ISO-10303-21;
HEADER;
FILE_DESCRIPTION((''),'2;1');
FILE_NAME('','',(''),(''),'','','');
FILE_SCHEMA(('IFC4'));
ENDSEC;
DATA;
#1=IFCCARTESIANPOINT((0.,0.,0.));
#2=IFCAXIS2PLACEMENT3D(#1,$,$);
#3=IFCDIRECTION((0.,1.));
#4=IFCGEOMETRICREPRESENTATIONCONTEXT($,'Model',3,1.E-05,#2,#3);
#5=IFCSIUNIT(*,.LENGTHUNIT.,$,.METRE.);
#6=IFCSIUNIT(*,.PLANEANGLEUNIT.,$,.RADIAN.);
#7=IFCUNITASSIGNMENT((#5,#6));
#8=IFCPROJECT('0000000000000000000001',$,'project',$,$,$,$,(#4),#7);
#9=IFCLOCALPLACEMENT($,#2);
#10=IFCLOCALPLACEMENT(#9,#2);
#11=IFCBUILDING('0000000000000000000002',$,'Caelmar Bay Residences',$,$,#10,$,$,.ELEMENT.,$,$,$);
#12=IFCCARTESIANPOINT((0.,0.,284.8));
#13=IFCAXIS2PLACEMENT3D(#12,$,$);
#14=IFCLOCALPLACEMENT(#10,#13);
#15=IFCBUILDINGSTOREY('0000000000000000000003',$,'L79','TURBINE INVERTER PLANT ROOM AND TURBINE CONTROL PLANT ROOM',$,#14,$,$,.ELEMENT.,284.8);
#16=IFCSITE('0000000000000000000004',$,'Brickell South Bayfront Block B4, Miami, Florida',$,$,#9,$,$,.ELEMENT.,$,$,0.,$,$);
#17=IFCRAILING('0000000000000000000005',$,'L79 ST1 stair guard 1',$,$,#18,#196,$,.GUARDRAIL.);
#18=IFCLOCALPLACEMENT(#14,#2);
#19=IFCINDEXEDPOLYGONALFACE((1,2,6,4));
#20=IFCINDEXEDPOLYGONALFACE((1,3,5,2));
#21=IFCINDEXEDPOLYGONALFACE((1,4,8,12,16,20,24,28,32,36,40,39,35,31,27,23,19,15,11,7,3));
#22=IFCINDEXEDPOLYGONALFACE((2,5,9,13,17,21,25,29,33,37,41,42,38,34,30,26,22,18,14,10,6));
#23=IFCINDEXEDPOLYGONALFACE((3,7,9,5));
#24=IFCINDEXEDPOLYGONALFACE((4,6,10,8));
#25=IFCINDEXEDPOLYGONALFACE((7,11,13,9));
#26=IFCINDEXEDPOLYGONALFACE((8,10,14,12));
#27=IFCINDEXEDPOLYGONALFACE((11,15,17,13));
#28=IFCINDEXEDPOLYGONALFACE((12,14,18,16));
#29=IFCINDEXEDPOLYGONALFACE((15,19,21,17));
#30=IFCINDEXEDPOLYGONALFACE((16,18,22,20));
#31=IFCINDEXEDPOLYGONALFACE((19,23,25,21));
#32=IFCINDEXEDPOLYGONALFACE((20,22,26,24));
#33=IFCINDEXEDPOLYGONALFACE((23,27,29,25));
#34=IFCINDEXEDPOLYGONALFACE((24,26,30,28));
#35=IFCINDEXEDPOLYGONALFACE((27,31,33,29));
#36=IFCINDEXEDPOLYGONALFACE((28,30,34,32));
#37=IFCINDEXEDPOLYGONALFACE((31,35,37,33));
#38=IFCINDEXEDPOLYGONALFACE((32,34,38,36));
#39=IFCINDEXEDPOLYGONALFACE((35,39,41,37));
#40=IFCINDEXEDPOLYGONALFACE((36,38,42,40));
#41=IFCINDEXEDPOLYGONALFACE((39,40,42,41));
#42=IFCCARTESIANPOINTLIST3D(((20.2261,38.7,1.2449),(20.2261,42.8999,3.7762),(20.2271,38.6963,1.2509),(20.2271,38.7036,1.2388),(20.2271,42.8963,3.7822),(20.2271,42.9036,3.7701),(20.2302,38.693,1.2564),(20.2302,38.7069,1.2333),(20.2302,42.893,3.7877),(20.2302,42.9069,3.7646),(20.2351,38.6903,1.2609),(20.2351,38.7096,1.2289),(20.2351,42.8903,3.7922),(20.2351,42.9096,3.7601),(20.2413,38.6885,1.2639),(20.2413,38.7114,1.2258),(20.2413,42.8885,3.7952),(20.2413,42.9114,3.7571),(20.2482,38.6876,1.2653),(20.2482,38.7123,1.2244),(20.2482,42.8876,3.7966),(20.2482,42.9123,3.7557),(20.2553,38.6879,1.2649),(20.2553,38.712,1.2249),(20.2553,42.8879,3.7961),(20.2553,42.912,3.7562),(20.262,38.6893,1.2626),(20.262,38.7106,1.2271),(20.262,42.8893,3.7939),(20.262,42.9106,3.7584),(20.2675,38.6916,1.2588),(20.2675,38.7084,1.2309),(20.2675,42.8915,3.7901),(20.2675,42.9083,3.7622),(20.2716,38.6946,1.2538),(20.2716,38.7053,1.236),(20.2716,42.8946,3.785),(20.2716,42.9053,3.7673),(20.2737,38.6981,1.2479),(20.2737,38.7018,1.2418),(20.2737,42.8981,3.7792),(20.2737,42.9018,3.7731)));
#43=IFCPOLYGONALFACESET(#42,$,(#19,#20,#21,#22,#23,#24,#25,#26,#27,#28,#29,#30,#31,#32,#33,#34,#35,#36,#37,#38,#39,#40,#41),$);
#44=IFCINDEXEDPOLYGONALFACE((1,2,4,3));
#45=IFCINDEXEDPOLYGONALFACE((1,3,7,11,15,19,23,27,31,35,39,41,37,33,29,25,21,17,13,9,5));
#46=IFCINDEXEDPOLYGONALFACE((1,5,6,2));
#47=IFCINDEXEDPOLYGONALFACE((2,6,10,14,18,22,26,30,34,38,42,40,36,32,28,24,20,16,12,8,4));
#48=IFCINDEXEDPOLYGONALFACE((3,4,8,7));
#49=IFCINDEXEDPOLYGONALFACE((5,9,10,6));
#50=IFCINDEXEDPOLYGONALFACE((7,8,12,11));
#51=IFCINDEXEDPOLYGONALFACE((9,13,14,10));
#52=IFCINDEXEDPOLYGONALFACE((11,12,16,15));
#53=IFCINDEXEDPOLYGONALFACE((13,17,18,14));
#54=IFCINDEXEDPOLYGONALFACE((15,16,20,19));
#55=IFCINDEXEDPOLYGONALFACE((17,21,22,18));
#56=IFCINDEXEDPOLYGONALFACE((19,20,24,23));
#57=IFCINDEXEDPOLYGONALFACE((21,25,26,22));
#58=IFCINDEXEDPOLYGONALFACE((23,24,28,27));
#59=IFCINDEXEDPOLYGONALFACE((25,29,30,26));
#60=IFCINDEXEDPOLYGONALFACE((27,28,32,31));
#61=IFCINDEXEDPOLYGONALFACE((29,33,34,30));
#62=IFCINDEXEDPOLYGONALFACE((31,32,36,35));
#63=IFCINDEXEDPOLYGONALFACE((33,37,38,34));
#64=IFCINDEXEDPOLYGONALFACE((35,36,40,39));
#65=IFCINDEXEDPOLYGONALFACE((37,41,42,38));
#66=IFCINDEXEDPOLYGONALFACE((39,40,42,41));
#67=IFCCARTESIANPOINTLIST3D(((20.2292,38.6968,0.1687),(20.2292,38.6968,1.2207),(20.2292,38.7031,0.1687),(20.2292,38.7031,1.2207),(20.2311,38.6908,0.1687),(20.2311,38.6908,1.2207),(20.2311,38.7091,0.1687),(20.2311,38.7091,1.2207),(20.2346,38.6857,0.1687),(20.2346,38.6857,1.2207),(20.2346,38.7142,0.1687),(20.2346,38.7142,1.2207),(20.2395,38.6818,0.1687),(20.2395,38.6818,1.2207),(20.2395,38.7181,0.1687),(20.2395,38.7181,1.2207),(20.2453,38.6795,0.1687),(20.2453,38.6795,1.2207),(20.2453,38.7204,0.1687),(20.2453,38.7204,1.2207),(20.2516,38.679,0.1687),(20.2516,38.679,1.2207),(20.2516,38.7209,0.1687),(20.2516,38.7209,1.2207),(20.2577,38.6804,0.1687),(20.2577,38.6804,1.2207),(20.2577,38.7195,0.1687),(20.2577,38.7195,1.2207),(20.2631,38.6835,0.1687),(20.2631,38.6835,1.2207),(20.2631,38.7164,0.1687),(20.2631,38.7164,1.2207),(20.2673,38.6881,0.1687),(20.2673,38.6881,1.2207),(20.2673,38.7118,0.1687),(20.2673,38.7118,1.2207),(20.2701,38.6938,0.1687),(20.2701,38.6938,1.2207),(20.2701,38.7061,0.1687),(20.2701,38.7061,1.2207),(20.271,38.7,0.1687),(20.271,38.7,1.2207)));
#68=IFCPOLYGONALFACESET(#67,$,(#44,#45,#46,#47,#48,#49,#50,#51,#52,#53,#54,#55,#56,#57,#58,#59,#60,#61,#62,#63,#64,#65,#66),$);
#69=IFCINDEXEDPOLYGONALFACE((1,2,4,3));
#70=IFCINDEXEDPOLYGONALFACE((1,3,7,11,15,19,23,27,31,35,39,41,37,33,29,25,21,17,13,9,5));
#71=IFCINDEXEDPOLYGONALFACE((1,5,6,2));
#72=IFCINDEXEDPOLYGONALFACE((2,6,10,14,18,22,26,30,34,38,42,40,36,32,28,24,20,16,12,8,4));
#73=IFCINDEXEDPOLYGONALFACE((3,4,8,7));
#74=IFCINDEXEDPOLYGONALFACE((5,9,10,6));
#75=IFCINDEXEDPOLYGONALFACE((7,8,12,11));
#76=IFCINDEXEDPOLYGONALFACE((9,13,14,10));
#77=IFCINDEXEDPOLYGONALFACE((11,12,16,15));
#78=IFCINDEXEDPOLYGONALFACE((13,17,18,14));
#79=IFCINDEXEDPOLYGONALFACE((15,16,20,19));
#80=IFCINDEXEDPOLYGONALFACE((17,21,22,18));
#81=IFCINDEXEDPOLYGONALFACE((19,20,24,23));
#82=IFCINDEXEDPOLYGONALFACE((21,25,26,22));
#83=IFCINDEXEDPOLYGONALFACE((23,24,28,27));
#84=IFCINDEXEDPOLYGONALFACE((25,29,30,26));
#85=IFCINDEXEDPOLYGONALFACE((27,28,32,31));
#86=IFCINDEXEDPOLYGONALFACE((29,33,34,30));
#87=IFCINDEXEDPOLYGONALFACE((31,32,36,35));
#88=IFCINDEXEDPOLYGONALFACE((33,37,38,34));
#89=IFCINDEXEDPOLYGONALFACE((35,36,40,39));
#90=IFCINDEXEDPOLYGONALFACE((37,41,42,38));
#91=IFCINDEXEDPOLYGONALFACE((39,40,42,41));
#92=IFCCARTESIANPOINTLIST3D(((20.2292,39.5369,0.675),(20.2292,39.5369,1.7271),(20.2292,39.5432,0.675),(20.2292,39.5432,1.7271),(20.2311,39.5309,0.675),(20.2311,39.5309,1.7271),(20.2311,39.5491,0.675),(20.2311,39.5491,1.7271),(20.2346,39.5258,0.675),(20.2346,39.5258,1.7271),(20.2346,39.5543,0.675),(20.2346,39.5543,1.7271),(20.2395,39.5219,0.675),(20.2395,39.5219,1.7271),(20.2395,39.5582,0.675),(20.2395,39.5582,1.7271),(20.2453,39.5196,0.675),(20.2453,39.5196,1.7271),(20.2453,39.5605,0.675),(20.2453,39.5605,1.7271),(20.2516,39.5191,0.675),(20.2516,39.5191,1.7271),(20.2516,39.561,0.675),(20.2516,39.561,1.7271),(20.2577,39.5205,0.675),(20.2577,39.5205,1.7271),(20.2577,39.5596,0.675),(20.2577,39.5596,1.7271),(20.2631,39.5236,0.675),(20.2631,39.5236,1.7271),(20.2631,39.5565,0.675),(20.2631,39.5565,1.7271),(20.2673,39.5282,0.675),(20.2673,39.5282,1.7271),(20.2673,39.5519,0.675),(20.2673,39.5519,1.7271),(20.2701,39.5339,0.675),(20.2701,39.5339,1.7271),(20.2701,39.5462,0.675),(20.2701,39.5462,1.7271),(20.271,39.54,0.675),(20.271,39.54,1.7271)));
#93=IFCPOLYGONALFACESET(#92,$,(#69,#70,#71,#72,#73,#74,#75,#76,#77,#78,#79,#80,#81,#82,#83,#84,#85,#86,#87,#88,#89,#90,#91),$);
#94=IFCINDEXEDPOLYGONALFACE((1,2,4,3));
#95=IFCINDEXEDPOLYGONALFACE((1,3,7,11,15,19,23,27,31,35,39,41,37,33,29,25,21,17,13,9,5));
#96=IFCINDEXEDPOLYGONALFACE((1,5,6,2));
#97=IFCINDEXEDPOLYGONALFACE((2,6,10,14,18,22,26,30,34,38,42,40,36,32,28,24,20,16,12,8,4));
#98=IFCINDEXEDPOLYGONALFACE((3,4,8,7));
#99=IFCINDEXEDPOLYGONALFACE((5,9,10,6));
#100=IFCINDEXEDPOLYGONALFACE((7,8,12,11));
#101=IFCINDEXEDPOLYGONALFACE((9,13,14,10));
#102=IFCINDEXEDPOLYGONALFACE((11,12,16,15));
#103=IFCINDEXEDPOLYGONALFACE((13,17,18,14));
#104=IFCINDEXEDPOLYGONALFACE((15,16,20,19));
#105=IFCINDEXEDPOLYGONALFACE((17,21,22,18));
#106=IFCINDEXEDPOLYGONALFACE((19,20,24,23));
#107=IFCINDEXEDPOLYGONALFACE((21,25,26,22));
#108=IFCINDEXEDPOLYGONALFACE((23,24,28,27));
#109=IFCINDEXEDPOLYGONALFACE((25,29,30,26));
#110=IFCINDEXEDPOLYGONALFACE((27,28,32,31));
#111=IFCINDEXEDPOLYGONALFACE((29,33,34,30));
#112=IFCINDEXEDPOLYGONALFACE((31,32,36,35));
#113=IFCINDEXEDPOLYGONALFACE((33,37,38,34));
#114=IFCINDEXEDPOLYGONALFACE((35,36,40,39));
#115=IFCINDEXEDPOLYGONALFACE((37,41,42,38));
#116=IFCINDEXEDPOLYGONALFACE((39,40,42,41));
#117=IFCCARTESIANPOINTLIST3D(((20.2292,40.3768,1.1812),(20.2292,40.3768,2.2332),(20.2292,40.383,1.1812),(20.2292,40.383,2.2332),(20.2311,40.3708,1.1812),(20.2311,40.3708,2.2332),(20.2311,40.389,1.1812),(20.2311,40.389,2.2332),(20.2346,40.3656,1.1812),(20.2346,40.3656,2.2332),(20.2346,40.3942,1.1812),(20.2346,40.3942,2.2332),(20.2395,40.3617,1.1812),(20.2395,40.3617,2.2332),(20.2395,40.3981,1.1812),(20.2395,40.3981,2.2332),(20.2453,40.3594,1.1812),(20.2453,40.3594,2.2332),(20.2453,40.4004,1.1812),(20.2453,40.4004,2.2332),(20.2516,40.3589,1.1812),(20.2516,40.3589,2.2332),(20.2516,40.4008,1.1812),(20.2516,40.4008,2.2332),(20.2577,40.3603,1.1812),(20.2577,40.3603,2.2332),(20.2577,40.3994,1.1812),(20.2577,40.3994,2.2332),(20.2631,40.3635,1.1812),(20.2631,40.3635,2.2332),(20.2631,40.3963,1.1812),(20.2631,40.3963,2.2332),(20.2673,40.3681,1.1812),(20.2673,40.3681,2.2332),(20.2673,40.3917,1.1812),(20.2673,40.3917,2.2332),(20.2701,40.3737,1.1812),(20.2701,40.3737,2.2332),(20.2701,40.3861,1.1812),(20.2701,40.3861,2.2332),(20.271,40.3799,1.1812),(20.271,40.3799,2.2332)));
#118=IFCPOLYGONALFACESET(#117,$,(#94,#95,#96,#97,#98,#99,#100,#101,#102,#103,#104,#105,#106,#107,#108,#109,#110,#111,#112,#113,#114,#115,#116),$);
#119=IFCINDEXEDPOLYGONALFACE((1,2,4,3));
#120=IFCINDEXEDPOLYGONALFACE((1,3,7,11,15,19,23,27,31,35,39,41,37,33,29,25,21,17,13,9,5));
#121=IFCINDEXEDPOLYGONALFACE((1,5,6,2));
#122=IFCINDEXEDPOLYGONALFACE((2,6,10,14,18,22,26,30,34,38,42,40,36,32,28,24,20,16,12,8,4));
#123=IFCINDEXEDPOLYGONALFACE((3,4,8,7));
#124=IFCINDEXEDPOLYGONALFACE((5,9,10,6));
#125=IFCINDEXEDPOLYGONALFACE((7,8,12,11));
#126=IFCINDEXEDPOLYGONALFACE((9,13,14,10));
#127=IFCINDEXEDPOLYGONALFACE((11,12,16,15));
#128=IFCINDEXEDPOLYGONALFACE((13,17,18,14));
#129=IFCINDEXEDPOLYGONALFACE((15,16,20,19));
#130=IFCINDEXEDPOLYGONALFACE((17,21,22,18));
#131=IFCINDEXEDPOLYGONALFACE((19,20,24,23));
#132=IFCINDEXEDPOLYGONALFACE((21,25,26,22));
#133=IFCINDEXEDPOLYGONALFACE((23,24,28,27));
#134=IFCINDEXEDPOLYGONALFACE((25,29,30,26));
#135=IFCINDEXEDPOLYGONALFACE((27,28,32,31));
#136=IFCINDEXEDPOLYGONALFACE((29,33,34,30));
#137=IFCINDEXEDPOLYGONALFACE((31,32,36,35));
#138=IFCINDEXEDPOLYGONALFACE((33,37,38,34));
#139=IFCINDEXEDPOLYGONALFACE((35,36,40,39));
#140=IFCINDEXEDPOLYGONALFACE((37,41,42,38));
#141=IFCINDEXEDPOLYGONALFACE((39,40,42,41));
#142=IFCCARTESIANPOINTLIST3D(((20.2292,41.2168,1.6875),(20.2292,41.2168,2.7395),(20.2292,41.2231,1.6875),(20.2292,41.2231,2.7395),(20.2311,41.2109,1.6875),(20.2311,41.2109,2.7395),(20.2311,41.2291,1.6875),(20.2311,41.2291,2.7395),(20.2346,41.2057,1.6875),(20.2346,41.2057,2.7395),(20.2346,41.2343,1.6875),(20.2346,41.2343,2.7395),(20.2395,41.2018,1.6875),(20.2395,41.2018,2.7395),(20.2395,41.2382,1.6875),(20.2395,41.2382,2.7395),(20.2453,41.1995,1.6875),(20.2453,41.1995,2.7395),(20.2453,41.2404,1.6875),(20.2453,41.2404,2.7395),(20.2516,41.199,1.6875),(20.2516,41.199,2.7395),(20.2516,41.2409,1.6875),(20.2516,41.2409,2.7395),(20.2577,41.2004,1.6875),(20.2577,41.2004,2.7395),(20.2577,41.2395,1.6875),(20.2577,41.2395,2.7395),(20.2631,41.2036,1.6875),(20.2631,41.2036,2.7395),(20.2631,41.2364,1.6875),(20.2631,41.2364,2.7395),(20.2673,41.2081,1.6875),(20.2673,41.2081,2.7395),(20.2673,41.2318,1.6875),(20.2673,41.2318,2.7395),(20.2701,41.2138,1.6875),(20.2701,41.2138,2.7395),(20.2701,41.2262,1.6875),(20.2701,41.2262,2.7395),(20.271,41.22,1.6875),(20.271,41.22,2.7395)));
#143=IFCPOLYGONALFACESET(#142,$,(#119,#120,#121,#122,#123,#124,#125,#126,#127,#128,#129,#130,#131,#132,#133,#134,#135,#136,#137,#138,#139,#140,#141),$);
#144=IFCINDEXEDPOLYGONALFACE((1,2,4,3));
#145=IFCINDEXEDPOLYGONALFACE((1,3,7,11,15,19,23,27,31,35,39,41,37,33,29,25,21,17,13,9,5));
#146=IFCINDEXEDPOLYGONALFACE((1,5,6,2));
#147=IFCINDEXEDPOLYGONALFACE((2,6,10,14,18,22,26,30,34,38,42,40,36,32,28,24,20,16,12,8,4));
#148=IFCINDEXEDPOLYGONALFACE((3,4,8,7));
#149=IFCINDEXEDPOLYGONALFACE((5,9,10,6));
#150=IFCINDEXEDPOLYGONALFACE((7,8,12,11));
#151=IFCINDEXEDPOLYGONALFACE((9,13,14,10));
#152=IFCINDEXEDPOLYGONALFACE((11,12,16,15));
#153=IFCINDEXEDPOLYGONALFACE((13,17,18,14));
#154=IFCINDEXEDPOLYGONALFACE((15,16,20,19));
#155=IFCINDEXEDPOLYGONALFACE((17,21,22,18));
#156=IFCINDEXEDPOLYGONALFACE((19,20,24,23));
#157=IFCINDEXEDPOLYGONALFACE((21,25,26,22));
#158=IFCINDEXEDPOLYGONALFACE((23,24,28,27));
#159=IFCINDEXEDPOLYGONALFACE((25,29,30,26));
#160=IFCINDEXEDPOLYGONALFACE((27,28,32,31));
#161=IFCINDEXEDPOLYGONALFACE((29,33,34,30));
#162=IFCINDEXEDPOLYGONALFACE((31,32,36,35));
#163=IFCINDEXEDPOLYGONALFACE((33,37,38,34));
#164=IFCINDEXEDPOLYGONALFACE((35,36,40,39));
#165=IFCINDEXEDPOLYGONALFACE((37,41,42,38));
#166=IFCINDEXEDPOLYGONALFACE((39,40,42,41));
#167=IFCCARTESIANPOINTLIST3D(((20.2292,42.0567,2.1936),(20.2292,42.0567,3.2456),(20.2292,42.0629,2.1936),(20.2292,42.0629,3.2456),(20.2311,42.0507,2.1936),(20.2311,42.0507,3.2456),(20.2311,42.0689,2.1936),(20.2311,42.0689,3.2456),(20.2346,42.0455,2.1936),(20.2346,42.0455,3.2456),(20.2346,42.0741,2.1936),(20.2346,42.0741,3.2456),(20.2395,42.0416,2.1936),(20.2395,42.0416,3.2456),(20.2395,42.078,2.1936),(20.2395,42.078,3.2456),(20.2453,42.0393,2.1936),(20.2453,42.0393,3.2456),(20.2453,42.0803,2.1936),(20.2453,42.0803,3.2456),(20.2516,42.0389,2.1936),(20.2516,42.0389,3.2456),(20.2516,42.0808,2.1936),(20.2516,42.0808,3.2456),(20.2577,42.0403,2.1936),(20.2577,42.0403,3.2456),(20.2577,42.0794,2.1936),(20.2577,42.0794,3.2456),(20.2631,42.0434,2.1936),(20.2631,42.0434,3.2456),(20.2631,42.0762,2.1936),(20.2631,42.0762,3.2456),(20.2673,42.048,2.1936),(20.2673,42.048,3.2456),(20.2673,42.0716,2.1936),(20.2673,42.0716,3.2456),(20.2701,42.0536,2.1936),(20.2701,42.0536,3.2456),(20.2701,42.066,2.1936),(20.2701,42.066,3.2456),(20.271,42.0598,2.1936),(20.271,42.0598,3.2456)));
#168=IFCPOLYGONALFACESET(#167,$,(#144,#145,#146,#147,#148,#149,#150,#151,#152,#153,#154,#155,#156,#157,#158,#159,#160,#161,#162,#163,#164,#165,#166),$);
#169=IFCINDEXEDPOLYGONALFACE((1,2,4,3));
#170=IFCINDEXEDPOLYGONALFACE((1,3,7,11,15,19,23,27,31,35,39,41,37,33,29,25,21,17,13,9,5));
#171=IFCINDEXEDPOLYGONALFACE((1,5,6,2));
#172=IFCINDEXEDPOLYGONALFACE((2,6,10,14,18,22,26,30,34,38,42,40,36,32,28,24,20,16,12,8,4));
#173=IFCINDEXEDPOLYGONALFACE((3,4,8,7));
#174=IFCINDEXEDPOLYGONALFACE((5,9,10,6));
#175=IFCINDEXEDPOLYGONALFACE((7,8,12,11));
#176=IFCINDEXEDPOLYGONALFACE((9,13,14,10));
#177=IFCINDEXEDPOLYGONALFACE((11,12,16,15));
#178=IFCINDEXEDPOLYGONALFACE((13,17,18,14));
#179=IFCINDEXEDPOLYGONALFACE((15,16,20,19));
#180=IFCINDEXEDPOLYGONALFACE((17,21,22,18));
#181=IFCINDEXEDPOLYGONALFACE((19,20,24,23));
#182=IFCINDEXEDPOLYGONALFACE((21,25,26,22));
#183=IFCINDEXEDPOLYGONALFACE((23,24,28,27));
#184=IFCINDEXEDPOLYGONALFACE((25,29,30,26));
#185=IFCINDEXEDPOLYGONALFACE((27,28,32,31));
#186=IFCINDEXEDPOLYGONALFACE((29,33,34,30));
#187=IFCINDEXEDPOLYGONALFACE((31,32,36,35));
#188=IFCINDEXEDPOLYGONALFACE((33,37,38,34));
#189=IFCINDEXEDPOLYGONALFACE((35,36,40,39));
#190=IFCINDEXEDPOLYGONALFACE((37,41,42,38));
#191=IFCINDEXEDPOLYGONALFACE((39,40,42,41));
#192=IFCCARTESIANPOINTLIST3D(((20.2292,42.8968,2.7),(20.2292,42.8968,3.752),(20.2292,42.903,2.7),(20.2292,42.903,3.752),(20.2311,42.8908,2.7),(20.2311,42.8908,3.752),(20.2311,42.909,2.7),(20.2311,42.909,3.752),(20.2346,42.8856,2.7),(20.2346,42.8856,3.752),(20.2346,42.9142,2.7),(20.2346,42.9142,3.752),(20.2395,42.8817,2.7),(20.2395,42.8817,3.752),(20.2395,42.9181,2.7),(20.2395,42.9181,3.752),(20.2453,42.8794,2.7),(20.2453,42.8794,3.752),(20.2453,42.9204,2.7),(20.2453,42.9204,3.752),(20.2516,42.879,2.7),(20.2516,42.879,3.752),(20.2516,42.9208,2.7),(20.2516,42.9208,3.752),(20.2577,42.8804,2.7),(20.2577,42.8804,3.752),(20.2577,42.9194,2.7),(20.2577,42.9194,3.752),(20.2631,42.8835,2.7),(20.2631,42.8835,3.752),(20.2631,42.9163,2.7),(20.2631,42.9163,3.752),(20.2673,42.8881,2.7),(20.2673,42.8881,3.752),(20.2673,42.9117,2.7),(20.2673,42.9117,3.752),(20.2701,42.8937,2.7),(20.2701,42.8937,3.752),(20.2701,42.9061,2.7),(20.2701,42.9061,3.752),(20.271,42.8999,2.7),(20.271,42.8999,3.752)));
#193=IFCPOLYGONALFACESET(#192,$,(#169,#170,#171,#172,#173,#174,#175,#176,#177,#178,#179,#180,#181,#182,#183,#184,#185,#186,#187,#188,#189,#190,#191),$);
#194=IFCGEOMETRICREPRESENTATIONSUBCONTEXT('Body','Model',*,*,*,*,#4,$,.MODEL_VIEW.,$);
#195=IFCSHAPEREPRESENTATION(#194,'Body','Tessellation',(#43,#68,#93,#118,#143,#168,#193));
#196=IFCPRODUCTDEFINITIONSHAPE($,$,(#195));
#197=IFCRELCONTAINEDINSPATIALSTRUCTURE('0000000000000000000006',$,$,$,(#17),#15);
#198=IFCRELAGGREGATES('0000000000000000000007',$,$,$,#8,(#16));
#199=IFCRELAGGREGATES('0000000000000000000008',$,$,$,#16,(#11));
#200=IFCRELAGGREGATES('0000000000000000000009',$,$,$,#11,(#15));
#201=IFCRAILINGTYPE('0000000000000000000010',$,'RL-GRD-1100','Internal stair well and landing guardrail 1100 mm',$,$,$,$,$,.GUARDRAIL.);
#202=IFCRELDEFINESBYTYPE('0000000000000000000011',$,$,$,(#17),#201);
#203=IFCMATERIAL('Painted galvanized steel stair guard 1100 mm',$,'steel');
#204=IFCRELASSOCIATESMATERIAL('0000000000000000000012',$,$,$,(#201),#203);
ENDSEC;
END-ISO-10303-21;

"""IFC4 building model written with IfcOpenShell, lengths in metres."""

from ifc_helpers import new_model, si_unit, direction, frame, origin, origin_2d, place, context, subcontext, project, spatial, circle, extrude, material, type_object, element, save


model = new_model("IFC4")

# Units and contexts
model_context = context("Model", 3, precision=1e-05, world=origin(), true_north=direction((0.0, 1.0)))
body_context = subcontext(model_context, "Body", "Model", "MODEL_VIEW")
ifc_project = project(units=[si_unit("LENGTHUNIT", "METRE"), si_unit("PLANEANGLEUNIT", "RADIAN")], contexts=[model_context])

# Site, building, storey
site_placement = place(None, origin())
site = spatial("IfcSite", under=ifc_project, at=site_placement, Name="Brickell South Bayfront Block B4, Miami, Florida", CompositionType="ELEMENT", RefElevation=0.0)
building_placement = place(site_placement, origin())
building = spatial("IfcBuilding", under=site, at=building_placement, Name="Caelmar Bay Residences", CompositionType="ELEMENT")
storey_placement = place(building_placement, frame((0.0, 0.0, 284.8)))
storey = spatial("IfcBuildingStorey", under=building, at=storey_placement, Name="L79", Description="TURBINE INVERTER PLANT ROOM AND TURBINE CONTROL PLANT ROOM", CompositionType="ELEMENT", Elevation=284.8)

# Railing
ifc_material_1 = material(Name="Painted galvanized steel stair guard 1100 mm", Category="steel")
railing_type_1 = type_object("IfcRailingType", Name="RL-GRD-1100", Description="Internal stair well and landing guardrail 1100 mm", PredefinedType="GUARDRAIL", material=ifc_material_1)
railing_1_placement = place(storey_placement, frame((20.25, 38.7, 0.1687)))
element("IfcRailing", 1, at=railing_1_placement, inside=storey, type_object=railing_type_1, Name="L79 ST1 stair guard 1", PredefinedType="GUARDRAIL", context=body_context, shape_type="SweptSolid", body=[
    extrude(circle(Radius=0.0239, at=origin_2d()), frame((0.0, 0.0, 1.0762), z_axis=(0.0, 0.856476, 0.516186), x_axis=(-1.0, 0.0, 0.0)), (0.0, 0.0, 1.0), 4.9038),
    extrude(circle(Radius=0.021, at=origin_2d()), origin(), (0.0, 0.0, 1.0), 1.052),
    extrude(circle(Radius=0.021, at=origin_2d()), frame((0.0, 0.8401, 0.5063)), (0.0, 0.0, 1.0), 1.052),
    extrude(circle(Radius=0.021, at=origin_2d()), frame((0.0, 1.6799, 1.0125)), (0.0, 0.0, 1.0), 1.052),
    extrude(circle(Radius=0.021, at=origin_2d()), frame((0.0, 2.52, 1.5188)), (0.0, 0.0, 1.0), 1.052),
    extrude(circle(Radius=0.021, at=origin_2d()), frame((0.0, 3.3599, 2.0249)), (0.0, 0.0, 1.0), 1.052),
    extrude(circle(Radius=0.021, at=origin_2d()), frame((0.0, 4.2, 2.5312)), (0.0, 0.0, 1.0), 1.052),
])

save(model, "model.ifc")
